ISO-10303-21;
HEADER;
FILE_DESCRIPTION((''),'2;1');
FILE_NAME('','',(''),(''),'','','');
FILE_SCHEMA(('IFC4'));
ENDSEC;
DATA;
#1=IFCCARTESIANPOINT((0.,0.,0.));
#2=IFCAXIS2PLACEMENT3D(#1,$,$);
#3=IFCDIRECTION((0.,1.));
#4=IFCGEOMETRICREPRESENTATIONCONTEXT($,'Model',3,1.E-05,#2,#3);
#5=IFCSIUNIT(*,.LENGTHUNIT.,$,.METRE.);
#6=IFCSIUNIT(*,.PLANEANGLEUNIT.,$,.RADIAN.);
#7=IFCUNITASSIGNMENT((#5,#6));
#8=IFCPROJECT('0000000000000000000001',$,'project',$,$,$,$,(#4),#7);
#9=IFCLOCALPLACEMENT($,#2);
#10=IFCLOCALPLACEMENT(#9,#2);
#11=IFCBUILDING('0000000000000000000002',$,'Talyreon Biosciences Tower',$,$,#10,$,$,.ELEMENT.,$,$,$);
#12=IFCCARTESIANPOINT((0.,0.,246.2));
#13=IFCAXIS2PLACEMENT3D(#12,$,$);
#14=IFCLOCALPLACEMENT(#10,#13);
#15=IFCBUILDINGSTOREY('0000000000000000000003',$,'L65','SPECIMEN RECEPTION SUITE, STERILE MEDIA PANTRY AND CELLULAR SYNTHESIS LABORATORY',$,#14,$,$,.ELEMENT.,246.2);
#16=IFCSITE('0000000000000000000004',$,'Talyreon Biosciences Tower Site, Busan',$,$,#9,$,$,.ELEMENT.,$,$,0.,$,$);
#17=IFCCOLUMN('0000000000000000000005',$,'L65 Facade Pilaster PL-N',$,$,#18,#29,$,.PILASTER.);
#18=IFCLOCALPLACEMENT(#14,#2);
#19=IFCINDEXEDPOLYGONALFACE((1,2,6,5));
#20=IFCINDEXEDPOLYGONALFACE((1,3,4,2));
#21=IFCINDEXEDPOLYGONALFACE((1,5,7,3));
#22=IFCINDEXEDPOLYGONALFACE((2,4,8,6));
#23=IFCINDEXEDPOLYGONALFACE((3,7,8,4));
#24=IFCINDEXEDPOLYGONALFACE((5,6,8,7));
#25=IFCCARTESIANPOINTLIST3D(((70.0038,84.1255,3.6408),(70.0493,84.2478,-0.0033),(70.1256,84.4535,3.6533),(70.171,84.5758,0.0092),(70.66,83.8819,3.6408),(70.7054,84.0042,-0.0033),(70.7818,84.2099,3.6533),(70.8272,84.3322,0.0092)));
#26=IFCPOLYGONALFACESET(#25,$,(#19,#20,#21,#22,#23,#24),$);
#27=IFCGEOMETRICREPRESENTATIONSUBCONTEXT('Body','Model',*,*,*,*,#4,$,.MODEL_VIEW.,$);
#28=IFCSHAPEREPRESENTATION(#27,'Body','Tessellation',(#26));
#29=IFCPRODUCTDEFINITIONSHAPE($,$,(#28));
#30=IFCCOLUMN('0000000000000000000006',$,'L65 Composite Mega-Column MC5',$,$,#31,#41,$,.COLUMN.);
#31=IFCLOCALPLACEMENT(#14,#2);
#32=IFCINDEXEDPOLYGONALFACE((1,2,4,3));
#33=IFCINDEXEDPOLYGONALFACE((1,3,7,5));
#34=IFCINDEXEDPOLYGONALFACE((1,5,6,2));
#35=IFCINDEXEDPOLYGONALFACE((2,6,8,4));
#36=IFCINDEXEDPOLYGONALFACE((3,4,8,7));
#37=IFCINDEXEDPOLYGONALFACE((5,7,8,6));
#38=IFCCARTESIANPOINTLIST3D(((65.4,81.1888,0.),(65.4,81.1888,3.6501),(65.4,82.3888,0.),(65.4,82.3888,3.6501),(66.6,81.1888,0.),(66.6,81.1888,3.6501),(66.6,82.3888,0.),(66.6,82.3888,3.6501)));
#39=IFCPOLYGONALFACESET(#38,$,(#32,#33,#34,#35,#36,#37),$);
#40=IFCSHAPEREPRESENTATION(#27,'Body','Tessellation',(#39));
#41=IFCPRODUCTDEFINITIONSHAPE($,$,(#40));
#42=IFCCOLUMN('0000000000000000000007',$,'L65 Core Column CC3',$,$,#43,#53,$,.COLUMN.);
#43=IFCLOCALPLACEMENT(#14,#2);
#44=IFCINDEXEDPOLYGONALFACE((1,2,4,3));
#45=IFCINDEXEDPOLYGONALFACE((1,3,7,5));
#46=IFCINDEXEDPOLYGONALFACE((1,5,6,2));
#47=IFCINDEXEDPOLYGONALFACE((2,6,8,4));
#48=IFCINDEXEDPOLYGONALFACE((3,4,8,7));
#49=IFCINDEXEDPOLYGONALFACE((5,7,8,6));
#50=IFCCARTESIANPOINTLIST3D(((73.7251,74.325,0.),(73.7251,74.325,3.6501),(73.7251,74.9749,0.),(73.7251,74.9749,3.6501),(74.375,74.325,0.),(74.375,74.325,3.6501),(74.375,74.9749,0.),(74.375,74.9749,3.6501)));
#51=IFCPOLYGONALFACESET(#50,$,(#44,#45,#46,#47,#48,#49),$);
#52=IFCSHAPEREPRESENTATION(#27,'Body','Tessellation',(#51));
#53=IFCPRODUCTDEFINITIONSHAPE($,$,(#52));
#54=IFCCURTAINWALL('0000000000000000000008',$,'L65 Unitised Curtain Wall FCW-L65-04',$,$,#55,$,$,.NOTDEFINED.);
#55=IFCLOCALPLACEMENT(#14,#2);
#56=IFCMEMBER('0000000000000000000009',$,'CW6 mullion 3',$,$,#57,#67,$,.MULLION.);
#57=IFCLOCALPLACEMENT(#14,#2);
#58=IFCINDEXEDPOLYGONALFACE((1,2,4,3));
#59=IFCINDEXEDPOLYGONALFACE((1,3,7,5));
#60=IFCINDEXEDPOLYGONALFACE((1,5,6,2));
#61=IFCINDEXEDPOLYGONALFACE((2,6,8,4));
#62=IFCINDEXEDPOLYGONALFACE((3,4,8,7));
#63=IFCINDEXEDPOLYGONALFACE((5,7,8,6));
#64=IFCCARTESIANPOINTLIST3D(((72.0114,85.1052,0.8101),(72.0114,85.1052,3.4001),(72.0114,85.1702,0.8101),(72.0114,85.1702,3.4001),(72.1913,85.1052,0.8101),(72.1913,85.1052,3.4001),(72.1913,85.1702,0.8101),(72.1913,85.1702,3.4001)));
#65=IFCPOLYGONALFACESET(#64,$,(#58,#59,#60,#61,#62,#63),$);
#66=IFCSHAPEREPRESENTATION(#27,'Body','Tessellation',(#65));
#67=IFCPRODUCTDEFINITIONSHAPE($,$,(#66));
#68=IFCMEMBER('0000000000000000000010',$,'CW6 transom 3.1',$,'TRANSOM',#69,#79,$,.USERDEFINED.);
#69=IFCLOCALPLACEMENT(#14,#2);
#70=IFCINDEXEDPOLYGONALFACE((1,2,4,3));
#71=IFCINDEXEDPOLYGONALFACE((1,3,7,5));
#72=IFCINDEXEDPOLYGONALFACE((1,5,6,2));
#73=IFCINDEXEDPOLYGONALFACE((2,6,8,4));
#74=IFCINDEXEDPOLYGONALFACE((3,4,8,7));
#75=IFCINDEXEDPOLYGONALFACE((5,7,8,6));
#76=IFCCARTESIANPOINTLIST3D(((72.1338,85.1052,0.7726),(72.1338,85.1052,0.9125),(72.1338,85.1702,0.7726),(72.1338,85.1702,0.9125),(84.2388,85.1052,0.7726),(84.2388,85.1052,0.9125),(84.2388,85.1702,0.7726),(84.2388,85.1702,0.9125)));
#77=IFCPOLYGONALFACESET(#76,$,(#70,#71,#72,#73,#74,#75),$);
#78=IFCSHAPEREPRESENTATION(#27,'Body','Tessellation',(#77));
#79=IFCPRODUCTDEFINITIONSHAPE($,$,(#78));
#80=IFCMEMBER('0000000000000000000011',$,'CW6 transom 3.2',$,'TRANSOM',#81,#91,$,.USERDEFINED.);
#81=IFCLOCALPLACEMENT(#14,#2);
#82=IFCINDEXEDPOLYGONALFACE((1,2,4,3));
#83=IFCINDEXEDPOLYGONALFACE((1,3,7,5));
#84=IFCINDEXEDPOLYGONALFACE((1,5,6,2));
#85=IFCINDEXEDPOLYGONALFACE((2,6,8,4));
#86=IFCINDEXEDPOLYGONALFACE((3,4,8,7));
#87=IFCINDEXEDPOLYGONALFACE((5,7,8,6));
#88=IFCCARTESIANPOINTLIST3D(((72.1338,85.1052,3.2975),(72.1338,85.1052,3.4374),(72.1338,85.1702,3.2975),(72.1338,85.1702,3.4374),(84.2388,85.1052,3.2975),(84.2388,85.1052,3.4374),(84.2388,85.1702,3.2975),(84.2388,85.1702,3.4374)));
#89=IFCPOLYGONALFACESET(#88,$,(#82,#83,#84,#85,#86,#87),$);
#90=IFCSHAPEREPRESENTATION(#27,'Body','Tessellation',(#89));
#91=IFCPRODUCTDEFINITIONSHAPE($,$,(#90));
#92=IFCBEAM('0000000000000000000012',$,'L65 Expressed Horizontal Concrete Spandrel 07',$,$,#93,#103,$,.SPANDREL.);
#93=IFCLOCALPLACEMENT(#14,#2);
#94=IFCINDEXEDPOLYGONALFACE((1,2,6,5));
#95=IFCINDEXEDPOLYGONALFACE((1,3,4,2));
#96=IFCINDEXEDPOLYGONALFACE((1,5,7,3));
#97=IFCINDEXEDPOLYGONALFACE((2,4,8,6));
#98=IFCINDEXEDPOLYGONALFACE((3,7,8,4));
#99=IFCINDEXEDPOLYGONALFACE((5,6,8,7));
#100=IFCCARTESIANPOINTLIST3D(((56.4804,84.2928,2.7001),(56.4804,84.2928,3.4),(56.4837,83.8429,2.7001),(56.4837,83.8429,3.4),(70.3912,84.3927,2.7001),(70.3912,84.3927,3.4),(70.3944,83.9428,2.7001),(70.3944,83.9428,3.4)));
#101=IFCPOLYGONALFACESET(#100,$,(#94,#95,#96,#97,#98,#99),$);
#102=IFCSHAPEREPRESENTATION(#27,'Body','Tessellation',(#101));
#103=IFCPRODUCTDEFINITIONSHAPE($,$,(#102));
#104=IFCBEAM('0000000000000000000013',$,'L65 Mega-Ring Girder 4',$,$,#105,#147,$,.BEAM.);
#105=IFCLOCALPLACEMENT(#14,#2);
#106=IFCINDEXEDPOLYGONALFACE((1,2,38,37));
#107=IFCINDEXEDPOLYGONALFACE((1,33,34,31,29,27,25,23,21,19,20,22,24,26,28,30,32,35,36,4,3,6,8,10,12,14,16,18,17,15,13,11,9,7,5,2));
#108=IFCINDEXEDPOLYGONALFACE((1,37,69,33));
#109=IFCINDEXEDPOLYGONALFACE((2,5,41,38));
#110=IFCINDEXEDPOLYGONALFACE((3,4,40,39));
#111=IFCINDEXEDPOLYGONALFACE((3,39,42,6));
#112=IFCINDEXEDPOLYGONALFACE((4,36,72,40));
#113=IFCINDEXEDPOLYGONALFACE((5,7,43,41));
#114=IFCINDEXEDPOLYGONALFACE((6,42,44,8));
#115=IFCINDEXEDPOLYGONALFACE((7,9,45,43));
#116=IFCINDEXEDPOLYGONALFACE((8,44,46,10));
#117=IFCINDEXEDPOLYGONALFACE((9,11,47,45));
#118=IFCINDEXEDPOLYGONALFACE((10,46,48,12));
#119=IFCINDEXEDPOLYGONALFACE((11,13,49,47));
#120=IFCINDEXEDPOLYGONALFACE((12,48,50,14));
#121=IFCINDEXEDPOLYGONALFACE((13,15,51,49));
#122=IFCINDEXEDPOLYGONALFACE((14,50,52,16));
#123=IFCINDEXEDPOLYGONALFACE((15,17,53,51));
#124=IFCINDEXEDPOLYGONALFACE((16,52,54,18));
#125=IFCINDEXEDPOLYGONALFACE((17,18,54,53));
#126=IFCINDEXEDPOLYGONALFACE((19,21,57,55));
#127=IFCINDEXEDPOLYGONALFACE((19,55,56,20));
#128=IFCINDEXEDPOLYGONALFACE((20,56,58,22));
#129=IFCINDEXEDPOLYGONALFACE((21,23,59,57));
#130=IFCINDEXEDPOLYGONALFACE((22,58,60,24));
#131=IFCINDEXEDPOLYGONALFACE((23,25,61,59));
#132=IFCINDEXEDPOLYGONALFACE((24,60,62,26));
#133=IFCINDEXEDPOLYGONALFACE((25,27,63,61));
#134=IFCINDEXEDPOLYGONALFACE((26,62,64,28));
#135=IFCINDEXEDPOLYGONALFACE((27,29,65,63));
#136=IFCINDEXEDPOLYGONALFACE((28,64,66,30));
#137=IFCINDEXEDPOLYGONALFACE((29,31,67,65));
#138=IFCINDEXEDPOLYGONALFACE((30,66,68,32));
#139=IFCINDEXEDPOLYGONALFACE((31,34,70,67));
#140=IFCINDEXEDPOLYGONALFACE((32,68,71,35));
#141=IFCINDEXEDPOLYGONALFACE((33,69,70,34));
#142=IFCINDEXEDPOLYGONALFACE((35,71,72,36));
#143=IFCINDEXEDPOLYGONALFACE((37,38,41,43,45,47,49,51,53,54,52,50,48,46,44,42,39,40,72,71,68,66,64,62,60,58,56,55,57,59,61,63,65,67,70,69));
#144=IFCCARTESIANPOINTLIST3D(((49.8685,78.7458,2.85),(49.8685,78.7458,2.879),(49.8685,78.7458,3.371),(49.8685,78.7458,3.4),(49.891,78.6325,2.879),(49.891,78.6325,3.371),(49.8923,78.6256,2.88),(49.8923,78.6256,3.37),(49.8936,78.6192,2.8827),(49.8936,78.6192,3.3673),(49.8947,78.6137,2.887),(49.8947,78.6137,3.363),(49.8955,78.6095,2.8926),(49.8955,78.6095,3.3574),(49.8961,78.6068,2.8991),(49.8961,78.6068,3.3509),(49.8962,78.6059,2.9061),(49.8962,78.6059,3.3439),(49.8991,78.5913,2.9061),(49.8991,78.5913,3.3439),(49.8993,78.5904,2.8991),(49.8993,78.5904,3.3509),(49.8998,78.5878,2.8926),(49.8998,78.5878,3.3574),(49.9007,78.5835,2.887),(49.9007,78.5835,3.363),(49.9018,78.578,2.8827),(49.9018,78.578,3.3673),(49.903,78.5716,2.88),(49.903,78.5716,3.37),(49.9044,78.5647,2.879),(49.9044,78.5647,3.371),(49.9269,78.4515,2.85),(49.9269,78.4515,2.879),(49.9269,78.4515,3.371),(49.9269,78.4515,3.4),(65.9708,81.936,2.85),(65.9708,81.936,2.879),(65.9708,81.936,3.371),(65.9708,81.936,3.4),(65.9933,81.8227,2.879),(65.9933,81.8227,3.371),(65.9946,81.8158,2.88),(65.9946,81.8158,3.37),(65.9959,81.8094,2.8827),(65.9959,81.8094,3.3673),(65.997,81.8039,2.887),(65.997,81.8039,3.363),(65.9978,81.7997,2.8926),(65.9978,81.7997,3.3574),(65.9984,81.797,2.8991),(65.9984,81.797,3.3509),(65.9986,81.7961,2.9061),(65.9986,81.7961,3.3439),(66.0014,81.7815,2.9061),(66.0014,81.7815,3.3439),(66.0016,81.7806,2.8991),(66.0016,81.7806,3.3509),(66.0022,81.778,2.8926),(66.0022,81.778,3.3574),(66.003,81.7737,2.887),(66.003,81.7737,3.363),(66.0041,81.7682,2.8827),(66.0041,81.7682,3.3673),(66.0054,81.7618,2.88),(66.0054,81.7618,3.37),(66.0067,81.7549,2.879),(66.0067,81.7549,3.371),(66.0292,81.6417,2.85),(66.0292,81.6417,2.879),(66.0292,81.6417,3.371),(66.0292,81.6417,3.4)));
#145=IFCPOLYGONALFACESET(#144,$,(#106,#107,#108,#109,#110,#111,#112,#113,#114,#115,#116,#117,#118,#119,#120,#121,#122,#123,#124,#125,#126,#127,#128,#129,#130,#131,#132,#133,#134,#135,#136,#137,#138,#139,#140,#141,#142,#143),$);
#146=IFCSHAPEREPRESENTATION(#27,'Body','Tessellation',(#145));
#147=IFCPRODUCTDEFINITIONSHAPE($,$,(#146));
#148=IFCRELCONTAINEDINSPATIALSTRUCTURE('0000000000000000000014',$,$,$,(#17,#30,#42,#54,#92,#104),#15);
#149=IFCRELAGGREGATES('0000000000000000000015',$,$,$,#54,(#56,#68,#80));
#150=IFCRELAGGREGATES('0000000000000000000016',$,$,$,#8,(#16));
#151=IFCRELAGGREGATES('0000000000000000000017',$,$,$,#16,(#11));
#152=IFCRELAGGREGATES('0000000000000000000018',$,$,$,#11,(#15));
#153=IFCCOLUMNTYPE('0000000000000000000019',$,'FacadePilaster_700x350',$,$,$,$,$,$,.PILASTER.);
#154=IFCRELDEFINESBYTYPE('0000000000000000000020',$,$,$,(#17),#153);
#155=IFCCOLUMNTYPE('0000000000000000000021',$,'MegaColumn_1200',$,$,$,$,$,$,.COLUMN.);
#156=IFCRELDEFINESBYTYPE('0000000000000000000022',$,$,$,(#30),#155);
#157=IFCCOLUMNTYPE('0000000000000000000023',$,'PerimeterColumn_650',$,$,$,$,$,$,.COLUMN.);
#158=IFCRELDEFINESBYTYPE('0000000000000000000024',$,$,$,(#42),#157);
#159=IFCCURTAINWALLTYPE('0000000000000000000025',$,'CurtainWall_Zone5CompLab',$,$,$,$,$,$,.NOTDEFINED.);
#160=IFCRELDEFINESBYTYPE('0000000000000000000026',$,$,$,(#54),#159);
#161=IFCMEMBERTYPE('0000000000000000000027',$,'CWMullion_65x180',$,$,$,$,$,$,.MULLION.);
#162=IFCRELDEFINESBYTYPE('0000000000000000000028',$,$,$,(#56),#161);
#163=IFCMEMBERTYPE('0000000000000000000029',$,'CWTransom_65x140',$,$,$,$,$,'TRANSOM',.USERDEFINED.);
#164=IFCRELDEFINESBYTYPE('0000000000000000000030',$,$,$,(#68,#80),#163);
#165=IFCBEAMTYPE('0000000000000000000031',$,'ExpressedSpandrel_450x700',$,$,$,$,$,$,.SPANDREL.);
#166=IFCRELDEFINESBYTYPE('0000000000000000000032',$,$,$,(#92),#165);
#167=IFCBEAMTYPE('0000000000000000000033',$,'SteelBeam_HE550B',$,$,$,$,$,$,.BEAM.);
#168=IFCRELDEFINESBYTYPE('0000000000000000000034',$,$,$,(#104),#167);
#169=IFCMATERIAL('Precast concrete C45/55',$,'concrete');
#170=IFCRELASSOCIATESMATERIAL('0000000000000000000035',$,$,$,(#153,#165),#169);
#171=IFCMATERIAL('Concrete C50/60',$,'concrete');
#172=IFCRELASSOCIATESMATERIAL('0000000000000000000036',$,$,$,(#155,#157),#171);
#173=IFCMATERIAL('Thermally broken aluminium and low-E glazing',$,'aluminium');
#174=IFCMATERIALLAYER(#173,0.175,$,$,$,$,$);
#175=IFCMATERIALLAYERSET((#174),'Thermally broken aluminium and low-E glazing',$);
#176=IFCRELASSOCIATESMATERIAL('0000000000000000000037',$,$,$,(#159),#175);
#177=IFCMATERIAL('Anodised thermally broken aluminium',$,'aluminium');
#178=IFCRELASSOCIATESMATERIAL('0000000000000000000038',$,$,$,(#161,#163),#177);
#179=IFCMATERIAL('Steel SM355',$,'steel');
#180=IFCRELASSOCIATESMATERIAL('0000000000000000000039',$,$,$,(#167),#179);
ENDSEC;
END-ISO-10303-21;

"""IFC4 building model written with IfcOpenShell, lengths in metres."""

from ifc_helpers import new_model, si_unit, direction, frame, origin, origin_2d, place, context, subcontext, project, spatial, rectangle, i_section, extrude, material, layer, layer_set, material_profile, profile_set, type_object, element, aggregate, save


model = new_model("IFC4")

# Units and contexts
model_context = context("Model", 3, precision=1e-05, world=origin(), true_north=direction((0.0, 1.0)))
body_context = subcontext(model_context, "Body", "Model", "MODEL_VIEW")
ifc_project = project(units=[si_unit("LENGTHUNIT", "METRE"), si_unit("PLANEANGLEUNIT", "RADIAN")], contexts=[model_context])

# Site, building, storey
site_placement = place(None, origin())
site = spatial("IfcSite", under=ifc_project, at=site_placement, Name="Talyreon Biosciences Tower Site, Busan", CompositionType="ELEMENT", RefElevation=0.0)
building_placement = place(site_placement, origin())
building = spatial("IfcBuilding", under=site, at=building_placement, Name="Talyreon Biosciences Tower", CompositionType="ELEMENT")
storey_placement = place(building_placement, frame((0.0, 0.0, 246.2)))
storey = spatial("IfcBuildingStorey", under=building, at=storey_placement, Name="L65", Description="SPECIMEN RECEPTION SUITE, STERILE MEDIA PANTRY AND CELLULAR SYNTHESIS LABORATORY", CompositionType="ELEMENT", Elevation=246.2)

# Columns
ifc_material_1 = material(Name="Precast concrete C45/55", Category="concrete")
ifc_material_profile_1 = material_profile(ifc_material_1, rectangle(XDim=0.7, YDim=0.3501, at=origin_2d()), Name="RC 700x350")
ifc_profile_set_1 = profile_set([ifc_material_profile_1], Name="Precast concrete C45/55")
column_type_1 = type_object("IfcColumnType", Name="FacadePilaster_700x350", PredefinedType="PILASTER", material=ifc_profile_set_1)
column_1_placement = place(storey_placement, frame((70.4382, 84.29, 0.0029), z_axis=(-0.012453, -0.033544, 0.99936), x_axis=(-0.937478, 0.348046, 0.0)))
element("IfcColumn", 1, at=column_1_placement, inside=storey, type_object=column_type_1, Name="L65 Facade Pilaster PL-N", PredefinedType="PILASTER", context=body_context, shape_type="SweptSolid", body=[
    extrude(rectangle(XDim=0.7, YDim=0.3501, at=origin_2d()), origin(), (0.0, 0.0, 1.0), 3.6465),
])
ifc_material_2 = material(Name="Concrete C50/60", Category="concrete")
ifc_material_profile_2 = material_profile(ifc_material_2, rectangle(XDim=1.2, YDim=1.2, at=origin_2d()), Name="RC 1200x1200")
ifc_profile_set_2 = profile_set([ifc_material_profile_2], Name="Concrete C50/60")
column_type_2 = type_object("IfcColumnType", Name="MegaColumn_1200", PredefinedType="COLUMN", material=ifc_profile_set_2)
column_2_placement = place(storey_placement, frame((66.0, 81.7888, 0.0), z_axis=(0.0, 0.0, 1.0), x_axis=(1.0, 0.0, 0.0)))
element("IfcColumn", 2, at=column_2_placement, inside=storey, type_object=column_type_2, Name="L65 Composite Mega-Column MC5", PredefinedType="COLUMN", context=body_context, shape_type="SweptSolid", body=[
    extrude(rectangle(XDim=1.2, YDim=1.2, at=origin_2d()), origin(), (0.0, 0.0, 1.0), 3.6501),
])
ifc_material_profile_3 = material_profile(ifc_material_2, rectangle(XDim=0.6499, YDim=0.6499, at=origin_2d()), Name="RC 650x650")
ifc_profile_set_3 = profile_set([ifc_material_profile_3], Name="Concrete C50/60")
column_type_3 = type_object("IfcColumnType", Name="PerimeterColumn_650", PredefinedType="COLUMN", material=ifc_profile_set_3)
column_3_placement = place(storey_placement, frame((74.05, 74.6499, 0.0), z_axis=(0.0, 0.0, 1.0), x_axis=(1.0, 0.0, 0.0)))
element("IfcColumn", 3, at=column_3_placement, inside=storey, type_object=column_type_3, Name="L65 Core Column CC3", PredefinedType="COLUMN", context=body_context, shape_type="SweptSolid", body=[
    extrude(rectangle(XDim=0.6499, YDim=0.6499, at=origin_2d()), origin(), (0.0, 0.0, 1.0), 3.6501),
])

# Curtain wall, members
ifc_material_3 = material(Name="Thermally broken aluminium and low-E glazing", Category="aluminium")
ifc_layer_1 = layer(ifc_material_3, 0.175)
ifc_layer_set_1 = layer_set([ifc_layer_1], Name="Thermally broken aluminium and low-E glazing")
curtain_wall_type = type_object("IfcCurtainWallType", Name="CurtainWall_Zone5CompLab", PredefinedType="NOTDEFINED", material=ifc_layer_set_1)
curtain_wall_placement = place(storey_placement, origin())
curtain_wall = element("IfcCurtainWall", 4, at=curtain_wall_placement, inside=storey, type_object=curtain_wall_type, Name="L65 Unitised Curtain Wall FCW-L65-04", PredefinedType="NOTDEFINED")
ifc_material_4 = material(Name="Anodised thermally broken aluminium", Category="aluminium")
ifc_material_profile_4 = material_profile(ifc_material_4, rectangle(XDim=0.0649, YDim=0.1799, at=origin_2d()), Name="ALUM MULLION 65x180")
ifc_profile_set_4 = profile_set([ifc_material_profile_4], Name="Anodised thermally broken aluminium")
member_type_1 = type_object("IfcMemberType", Name="CWMullion_65x180", PredefinedType="MULLION", material=ifc_profile_set_4)
member_1_placement = place(storey_placement, frame((72.1013, 85.1377, 0.8101), z_axis=(0.0, 0.0, 1.0), x_axis=(0.0, 1.0, 0.0)))
member_1 = element("IfcMember", 5, at=member_1_placement, type_object=member_type_1, Name="CW6 mullion 3", PredefinedType="MULLION", context=body_context, shape_type="SweptSolid", body=[
    extrude(rectangle(XDim=0.0649, YDim=0.1799, at=origin_2d()), origin(), (0.0, 0.0, 1.0), 2.5901),
])
ifc_material_profile_5 = material_profile(ifc_material_4, rectangle(XDim=0.0649, YDim=0.1399, at=origin_2d()), Name="ALUM TRANSOM 65x140")
ifc_profile_set_5 = profile_set([ifc_material_profile_5], Name="Anodised thermally broken aluminium")
member_type_2 = type_object("IfcMemberType", Name="CWTransom_65x140", ElementType="TRANSOM", PredefinedType="USERDEFINED", material=ifc_profile_set_5)
member_2_placement = place(storey_placement, frame((72.1338, 85.1377, 0.8425), z_axis=(1.0, 0.0, 0.0), x_axis=(0.0, 1.0, 0.0)))
member_2 = element("IfcMember", 6, at=member_2_placement, type_object=member_type_2, Name="CW6 transom 3.1", ObjectType="TRANSOM", PredefinedType="USERDEFINED", context=body_context, shape_type="SweptSolid", body=[
    extrude(rectangle(XDim=0.0649, YDim=0.1399, at=origin_2d()), origin(), (0.0, 0.0, 1.0), 12.105),
])
member_3_placement = place(storey_placement, frame((72.1338, 85.1377, 3.3674), z_axis=(1.0, 0.0, 0.0), x_axis=(0.0, 1.0, 0.0)))
member_3 = element("IfcMember", 7, at=member_3_placement, type_object=member_type_2, Name="CW6 transom 3.2", ObjectType="TRANSOM", PredefinedType="USERDEFINED", context=body_context, shape_type="SweptSolid", body=[
    extrude(rectangle(XDim=0.0649, YDim=0.1399, at=origin_2d()), origin(), (0.0, 0.0, 1.0), 12.105),
])

# Beams
ifc_material_profile_6 = material_profile(ifc_material_1, rectangle(XDim=0.45, YDim=0.7, at=origin_2d()), Name="RCB 450x700")
ifc_profile_set_6 = profile_set([ifc_material_profile_6], Name="Precast concrete C45/55")
beam_type_1 = type_object("IfcBeamType", Name="ExpressedSpandrel_450x700", PredefinedType="SPANDREL", material=ifc_profile_set_6)
beam_1_placement = place(storey_placement, frame((70.3928, 84.1677, 3.05), z_axis=(-0.999974, -0.007178, 0.0), x_axis=(0.007178, -0.999974, 0.0)))
element("IfcBeam", 8, at=beam_1_placement, inside=storey, type_object=beam_type_1, Name="L65 Expressed Horizontal Concrete Spandrel 07", PredefinedType="SPANDREL", context=body_context, shape_type="SweptSolid", body=[
    extrude(rectangle(XDim=0.45, YDim=0.7, at=origin_2d()), origin(), (0.0, 0.0, 1.0), 13.9111),
])
ifc_material_5 = material(Name="Steel SM355", Category="steel")
ifc_material_profile_7 = material_profile(ifc_material_5, i_section(OverallWidth=0.3, OverallDepth=0.55, WebThickness=0.0149, FlangeThickness=0.0291, FilletRadius=0.0271, at=origin_2d()), Name="HE550B")
ifc_profile_set_7 = profile_set([ifc_material_profile_7], Name="Steel SM355")
beam_type_2 = type_object("IfcBeamType", Name="SteelBeam_HE550B", PredefinedType="BEAM", material=ifc_profile_set_7)
beam_2_placement = place(storey_placement, frame((66.0, 81.7888, 3.125), z_axis=(-0.980934, -0.194343, 0.0), x_axis=(0.194343, -0.980934, 0.0)))
element("IfcBeam", 9, at=beam_2_placement, inside=storey, type_object=beam_type_2, Name="L65 Mega-Ring Girder 4", PredefinedType="BEAM", context=body_context, shape_type="SweptSolid", body=[
    extrude(i_section(OverallWidth=0.3, OverallDepth=0.55, WebThickness=0.0149, FlangeThickness=0.0291, FilletRadius=0.0271, at=origin_2d()), origin(), (0.0, 0.0, 1.0), 16.4153),
])

aggregate(curtain_wall, [member_1, member_2, member_3])

save(model, "model.ifc")
